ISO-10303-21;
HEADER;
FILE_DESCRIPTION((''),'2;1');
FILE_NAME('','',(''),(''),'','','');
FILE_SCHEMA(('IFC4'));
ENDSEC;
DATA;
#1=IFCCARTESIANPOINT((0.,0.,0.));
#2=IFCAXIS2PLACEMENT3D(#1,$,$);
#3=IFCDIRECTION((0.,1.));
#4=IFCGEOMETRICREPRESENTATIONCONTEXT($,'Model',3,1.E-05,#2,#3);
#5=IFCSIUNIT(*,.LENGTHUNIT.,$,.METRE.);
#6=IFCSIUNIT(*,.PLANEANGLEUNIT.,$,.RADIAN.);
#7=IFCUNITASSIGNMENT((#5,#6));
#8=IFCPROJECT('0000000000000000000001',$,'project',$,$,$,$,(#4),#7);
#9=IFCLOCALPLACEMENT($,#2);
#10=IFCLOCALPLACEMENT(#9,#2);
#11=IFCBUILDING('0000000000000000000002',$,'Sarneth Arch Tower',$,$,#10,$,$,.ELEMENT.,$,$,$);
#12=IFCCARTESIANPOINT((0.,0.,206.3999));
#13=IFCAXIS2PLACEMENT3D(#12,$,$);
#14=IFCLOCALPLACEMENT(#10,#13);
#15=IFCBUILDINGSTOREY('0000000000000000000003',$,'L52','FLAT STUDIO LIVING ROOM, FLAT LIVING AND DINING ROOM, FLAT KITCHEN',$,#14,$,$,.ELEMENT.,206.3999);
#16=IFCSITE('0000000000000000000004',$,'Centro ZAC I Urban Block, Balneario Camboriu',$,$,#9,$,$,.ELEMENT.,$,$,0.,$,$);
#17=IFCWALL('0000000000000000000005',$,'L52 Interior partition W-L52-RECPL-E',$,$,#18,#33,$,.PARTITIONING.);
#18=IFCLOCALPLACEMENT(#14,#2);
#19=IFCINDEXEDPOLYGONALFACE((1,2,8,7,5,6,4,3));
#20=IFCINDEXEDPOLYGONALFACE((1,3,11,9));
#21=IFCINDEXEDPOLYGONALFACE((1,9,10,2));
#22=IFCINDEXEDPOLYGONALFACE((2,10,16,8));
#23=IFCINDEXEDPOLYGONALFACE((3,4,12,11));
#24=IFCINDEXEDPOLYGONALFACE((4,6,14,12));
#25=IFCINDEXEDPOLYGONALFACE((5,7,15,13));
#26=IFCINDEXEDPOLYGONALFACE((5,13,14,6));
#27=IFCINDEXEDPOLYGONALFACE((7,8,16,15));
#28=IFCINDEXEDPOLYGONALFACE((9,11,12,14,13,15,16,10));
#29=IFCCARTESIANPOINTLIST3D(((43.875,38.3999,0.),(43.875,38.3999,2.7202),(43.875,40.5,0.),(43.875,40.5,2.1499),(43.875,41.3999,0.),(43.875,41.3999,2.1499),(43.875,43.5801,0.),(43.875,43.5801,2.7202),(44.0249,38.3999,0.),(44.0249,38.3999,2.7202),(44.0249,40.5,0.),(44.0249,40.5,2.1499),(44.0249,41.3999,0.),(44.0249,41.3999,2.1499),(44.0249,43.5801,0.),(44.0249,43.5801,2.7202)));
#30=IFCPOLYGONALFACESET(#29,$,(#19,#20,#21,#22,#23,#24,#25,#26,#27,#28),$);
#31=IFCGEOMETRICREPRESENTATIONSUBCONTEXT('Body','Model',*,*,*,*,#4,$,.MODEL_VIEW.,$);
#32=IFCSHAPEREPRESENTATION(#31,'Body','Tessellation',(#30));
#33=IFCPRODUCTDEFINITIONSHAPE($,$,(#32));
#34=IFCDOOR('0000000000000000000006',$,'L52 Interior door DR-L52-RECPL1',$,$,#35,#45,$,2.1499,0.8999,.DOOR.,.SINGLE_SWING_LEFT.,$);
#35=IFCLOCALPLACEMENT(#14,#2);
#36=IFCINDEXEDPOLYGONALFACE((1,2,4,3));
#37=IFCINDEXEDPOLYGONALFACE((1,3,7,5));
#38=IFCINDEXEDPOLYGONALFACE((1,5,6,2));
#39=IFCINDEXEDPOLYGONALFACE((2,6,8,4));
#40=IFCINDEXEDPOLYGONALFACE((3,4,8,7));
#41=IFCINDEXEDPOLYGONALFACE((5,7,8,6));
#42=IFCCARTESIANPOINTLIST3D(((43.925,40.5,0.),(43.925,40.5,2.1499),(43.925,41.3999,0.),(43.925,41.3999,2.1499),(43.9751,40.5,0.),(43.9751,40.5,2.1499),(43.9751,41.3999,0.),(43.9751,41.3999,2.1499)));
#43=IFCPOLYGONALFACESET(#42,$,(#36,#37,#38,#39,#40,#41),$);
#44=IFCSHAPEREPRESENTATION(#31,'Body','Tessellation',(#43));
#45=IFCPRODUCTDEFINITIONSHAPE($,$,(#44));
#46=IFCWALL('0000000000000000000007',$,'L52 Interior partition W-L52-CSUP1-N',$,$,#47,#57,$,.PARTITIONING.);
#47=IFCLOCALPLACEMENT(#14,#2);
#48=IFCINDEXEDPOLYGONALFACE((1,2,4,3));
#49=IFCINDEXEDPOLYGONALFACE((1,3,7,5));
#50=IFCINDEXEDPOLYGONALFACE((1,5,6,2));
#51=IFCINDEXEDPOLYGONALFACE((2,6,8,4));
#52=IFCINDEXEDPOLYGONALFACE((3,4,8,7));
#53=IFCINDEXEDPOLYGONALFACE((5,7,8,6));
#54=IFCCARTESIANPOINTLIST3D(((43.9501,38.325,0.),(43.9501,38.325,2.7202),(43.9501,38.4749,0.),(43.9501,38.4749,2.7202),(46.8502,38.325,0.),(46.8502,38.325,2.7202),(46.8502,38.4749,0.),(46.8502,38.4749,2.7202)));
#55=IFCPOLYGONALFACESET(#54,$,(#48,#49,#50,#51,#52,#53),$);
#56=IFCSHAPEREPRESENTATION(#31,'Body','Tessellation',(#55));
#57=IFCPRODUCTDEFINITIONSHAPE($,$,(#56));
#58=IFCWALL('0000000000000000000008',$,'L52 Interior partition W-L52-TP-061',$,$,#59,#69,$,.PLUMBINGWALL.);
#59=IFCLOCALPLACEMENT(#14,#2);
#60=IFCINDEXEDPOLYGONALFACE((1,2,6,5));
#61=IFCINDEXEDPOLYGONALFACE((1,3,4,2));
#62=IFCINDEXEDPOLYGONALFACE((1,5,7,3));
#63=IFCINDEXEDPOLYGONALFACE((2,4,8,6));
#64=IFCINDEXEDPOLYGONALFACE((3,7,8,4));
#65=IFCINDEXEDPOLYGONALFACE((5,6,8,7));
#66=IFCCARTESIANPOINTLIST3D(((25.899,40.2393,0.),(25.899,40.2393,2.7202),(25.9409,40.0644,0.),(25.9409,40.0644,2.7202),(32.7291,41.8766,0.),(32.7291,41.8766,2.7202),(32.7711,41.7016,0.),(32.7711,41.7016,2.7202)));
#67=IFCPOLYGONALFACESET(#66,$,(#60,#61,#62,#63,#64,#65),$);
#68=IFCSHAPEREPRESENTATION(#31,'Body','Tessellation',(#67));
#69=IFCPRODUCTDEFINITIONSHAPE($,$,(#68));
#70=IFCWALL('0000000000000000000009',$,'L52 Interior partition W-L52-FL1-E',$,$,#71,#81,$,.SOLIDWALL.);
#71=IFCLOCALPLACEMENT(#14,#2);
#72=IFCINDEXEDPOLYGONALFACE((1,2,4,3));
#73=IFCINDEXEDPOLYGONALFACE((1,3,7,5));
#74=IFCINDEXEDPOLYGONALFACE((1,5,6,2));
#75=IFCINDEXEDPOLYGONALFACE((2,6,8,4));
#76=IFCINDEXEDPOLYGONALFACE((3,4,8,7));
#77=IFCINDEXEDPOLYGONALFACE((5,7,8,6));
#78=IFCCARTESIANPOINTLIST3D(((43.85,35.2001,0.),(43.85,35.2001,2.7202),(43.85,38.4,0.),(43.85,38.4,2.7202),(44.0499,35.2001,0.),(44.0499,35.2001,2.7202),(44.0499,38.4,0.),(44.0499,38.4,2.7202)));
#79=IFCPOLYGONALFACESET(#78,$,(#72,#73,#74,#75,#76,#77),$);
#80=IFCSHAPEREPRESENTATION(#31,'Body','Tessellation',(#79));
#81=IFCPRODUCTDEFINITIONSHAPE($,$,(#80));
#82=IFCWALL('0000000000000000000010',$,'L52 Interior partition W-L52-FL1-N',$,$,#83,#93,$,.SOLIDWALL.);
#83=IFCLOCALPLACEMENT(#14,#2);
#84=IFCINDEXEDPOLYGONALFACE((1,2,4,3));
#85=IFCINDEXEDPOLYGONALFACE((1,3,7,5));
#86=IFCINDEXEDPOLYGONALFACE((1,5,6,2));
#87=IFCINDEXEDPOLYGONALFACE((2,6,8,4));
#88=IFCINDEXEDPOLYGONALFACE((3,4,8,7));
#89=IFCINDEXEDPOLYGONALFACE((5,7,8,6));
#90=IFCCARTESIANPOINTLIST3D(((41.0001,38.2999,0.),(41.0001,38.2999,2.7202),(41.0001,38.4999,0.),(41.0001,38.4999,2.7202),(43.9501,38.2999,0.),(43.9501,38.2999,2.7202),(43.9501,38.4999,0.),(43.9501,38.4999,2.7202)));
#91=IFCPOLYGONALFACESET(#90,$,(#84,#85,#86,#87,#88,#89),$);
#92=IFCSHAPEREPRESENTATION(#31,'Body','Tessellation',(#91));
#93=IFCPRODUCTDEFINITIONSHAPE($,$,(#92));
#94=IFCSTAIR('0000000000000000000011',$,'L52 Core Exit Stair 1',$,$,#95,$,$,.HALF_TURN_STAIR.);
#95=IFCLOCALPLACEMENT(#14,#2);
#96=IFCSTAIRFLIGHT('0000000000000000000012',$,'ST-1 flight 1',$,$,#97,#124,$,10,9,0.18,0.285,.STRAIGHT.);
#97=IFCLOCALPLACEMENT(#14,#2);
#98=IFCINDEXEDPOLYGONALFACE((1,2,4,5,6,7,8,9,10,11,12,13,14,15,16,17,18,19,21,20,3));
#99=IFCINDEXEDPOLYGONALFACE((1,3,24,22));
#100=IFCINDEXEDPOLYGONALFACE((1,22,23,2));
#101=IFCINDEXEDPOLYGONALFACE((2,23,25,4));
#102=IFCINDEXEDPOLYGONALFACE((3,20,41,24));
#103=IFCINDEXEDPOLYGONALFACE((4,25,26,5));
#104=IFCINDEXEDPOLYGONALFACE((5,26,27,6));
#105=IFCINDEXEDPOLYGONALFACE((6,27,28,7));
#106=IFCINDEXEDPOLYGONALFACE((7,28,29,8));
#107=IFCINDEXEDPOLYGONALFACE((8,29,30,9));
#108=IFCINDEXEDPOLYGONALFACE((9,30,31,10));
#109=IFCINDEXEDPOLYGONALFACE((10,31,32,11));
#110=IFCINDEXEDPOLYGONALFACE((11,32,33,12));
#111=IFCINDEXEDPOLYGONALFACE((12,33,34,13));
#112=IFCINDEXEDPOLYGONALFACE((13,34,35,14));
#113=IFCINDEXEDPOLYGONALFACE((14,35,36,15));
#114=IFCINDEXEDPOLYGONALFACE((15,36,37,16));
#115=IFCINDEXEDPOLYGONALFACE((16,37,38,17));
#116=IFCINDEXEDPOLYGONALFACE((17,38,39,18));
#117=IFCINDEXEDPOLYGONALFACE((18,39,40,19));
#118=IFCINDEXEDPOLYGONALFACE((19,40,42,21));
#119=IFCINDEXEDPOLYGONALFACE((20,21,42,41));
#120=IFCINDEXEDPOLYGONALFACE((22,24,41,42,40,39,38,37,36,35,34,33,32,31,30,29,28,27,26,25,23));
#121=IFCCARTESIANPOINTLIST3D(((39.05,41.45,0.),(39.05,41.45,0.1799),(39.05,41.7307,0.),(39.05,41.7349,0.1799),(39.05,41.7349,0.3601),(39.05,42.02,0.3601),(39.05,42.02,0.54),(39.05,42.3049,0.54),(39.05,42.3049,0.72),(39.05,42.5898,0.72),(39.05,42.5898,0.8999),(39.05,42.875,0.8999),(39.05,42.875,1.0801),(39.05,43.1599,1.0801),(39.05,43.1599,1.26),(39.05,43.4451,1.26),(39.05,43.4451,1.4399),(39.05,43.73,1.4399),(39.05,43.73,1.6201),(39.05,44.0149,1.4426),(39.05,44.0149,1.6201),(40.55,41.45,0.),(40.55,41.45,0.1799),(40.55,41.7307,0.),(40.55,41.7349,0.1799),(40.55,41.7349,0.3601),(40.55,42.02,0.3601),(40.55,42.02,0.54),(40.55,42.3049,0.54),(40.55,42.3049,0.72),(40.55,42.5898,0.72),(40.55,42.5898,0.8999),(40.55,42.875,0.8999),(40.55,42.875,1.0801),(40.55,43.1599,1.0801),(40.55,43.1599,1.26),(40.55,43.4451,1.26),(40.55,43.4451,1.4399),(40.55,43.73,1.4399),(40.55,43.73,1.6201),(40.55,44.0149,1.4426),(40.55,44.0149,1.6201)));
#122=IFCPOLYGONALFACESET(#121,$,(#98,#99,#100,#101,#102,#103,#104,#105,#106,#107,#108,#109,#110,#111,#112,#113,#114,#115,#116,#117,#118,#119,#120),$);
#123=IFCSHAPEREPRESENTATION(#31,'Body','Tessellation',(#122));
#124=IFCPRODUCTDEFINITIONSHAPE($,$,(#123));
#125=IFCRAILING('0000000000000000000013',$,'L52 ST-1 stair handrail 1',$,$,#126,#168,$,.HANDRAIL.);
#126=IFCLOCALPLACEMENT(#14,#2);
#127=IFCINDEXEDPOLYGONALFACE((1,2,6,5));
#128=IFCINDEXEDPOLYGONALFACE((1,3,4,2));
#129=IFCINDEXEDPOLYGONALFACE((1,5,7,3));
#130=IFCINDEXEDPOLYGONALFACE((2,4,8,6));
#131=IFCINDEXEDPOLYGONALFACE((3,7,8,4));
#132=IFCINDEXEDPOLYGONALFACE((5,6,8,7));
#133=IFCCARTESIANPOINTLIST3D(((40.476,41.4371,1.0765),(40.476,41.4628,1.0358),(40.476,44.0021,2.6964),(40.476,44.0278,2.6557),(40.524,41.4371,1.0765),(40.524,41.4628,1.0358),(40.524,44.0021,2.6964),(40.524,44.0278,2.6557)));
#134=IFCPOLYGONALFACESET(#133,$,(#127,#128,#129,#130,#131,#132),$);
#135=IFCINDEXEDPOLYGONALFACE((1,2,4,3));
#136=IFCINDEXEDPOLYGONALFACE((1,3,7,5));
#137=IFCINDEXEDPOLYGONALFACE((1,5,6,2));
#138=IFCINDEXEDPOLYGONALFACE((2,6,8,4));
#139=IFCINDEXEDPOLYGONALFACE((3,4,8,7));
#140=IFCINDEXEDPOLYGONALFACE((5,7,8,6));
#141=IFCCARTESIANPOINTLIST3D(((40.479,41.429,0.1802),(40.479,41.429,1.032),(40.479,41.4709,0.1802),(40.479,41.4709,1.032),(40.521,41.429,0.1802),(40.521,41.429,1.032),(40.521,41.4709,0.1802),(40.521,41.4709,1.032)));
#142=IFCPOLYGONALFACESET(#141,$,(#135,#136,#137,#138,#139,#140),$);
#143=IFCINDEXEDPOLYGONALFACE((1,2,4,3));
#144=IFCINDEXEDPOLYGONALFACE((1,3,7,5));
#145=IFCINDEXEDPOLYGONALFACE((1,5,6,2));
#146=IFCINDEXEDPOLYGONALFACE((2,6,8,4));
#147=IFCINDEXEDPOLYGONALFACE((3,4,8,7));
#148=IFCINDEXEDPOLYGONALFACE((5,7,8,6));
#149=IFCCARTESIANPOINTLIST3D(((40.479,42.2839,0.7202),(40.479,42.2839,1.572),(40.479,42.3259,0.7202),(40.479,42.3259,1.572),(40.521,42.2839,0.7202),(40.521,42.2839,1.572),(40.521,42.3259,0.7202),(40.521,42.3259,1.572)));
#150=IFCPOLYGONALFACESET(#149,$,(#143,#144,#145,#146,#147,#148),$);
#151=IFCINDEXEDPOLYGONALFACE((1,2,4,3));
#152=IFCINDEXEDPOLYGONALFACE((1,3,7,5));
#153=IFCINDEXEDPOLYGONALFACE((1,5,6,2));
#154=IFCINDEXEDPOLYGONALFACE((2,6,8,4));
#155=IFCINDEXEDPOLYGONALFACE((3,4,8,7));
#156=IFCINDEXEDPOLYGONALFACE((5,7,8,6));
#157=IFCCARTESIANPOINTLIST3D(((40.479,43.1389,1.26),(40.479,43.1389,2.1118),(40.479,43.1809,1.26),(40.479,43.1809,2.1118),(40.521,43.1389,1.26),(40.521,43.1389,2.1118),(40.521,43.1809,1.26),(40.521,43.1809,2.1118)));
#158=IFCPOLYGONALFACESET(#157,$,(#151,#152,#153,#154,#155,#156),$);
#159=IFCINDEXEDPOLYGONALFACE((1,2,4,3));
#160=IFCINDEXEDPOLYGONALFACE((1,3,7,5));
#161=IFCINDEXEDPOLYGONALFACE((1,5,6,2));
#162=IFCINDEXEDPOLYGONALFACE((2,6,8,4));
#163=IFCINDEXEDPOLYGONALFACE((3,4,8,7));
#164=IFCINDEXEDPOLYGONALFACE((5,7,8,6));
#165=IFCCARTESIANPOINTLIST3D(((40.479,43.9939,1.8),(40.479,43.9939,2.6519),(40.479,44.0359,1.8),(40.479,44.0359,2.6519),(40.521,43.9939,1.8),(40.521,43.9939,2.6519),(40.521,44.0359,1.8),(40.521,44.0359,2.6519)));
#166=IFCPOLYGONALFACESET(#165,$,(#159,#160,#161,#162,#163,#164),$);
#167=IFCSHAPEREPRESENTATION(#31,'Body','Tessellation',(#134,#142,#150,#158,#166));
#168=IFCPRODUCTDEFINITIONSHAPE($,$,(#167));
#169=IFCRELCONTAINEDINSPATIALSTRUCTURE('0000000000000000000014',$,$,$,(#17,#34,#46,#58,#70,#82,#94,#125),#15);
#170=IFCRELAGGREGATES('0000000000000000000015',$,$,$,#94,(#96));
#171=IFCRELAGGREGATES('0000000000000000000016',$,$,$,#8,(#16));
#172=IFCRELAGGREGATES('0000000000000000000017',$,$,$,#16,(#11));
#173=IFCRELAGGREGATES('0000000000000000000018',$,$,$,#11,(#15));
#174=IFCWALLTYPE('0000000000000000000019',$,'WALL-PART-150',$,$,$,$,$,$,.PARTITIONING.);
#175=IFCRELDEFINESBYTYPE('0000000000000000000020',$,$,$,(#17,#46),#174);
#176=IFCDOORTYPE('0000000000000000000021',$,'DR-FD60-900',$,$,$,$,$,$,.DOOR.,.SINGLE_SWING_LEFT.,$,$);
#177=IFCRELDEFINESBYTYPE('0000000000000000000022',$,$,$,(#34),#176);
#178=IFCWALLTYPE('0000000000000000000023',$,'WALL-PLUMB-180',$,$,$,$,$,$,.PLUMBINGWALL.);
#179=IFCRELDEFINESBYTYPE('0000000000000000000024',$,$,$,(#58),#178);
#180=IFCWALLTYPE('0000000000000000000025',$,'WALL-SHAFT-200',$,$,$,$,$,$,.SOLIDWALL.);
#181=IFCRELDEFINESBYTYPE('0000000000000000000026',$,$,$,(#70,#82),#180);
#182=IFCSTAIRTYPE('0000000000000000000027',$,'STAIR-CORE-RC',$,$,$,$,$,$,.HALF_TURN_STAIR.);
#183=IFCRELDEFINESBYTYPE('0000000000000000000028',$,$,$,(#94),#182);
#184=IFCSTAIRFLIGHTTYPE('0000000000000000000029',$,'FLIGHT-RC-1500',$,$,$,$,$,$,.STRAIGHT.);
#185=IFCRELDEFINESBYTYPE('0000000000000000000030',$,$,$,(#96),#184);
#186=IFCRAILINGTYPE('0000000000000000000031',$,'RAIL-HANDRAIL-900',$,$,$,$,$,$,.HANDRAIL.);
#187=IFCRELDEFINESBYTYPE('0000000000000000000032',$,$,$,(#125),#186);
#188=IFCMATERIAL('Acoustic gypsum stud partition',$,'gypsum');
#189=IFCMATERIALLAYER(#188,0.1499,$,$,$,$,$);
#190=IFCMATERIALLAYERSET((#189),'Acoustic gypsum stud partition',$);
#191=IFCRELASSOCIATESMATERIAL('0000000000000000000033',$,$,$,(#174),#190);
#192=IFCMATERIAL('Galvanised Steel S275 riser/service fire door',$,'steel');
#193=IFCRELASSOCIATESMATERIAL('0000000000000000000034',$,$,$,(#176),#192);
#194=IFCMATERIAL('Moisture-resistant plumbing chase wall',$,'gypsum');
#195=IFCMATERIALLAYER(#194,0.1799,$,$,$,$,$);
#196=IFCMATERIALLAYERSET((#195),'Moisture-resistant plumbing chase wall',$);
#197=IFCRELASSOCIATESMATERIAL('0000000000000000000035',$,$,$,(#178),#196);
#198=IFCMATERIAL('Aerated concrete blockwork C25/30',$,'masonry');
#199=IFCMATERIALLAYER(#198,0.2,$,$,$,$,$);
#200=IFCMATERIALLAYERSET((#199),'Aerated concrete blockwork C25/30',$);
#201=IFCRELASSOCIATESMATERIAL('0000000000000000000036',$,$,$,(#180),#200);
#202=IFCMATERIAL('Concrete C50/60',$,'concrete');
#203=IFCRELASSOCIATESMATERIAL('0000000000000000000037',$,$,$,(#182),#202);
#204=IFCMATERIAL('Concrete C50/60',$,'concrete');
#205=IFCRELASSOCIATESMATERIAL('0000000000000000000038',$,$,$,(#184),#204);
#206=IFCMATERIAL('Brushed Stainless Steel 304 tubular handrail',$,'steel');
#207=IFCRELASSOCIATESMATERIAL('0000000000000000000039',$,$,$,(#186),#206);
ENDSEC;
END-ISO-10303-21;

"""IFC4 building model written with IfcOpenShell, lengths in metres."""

from ifc_helpers import new_model, si_unit, direction, frame, frame_2d, origin, origin_2d, place, context, subcontext, project, spatial, polyline, rectangle, outline, extrude, material, layer, layer_set, type_object, element, fill, aggregate, save


model = new_model("IFC4")

# Units and contexts
model_context = context("Model", 3, precision=1e-05, world=origin(), true_north=direction((0.0, 1.0)))
body_context = subcontext(model_context, "Body", "Model", "MODEL_VIEW")
ifc_project = project(units=[si_unit("LENGTHUNIT", "METRE"), si_unit("PLANEANGLEUNIT", "RADIAN")], contexts=[model_context])

# Site, building, storey
site_placement = place(None, origin())
site = spatial("IfcSite", under=ifc_project, at=site_placement, Name="Centro ZAC I Urban Block, Balneario Camboriu", CompositionType="ELEMENT", RefElevation=0.0)
building_placement = place(site_placement, origin())
building = spatial("IfcBuilding", under=site, at=building_placement, Name="Sarneth Arch Tower", CompositionType="ELEMENT")
storey_placement = place(building_placement, frame((0.0, 0.0, 206.3999)))
storey = spatial("IfcBuildingStorey", under=building, at=storey_placement, Name="L52", Description="FLAT STUDIO LIVING ROOM, FLAT LIVING AND DINING ROOM, FLAT KITCHEN", CompositionType="ELEMENT", Elevation=206.3999)

# Wall, opening, door
ifc_material_1 = material(Name="Acoustic gypsum stud partition", Category="gypsum")
ifc_layer_1 = layer(ifc_material_1, 0.1499)
ifc_layer_set_1 = layer_set([ifc_layer_1], Name="Acoustic gypsum stud partition")
wall_type_1 = type_object("IfcWallType", Name="WALL-PART-150", PredefinedType="PARTITIONING", material=ifc_layer_set_1)
wall_1_placement = place(storey_placement, frame((43.95, 38.3999, 0.0), z_axis=(0.0, 0.0, 1.0), x_axis=(0.0, 1.0, 0.0)))
wall_1 = element("IfcWall", 1, at=wall_1_placement, inside=storey, type_object=wall_type_1, Name="L52 Interior partition W-L52-RECPL-E", PredefinedType="PARTITIONING", context=body_context, shape_type="SweptSolid", body=[
    extrude(rectangle(XDim=5.1802, YDim=0.1499, at=frame_2d((2.5901, 0.0))), origin(), (0.0, 0.0, 1.0), 2.7202),
])
opening_1_placement = place(wall_1_placement, frame((2.1001, 0.0, 0.0)))
opening_1 = element("IfcOpeningElement", 2, at=opening_1_placement, cuts=wall_1, PredefinedType="OPENING", context=body_context, shape_type="SweptSolid", body=[
    extrude(rectangle(XDim=0.8999, YDim=2.1499, at=frame_2d((0.45, 1.075))), frame((0.0, 0.085, 0.0), z_axis=(0.0, -1.0, 0.0), x_axis=(1.0, 0.0, 0.0)), (0.0, 0.0, 1.0), 0.1699),
])
ifc_material_2 = material(Name="Galvanised Steel S275 riser/service fire door", Category="steel")
door_type_1 = type_object("IfcDoorType", Name="DR-FD60-900", OperationType="SINGLE_SWING_LEFT", PredefinedType="DOOR", material=ifc_material_2)
door_1_placement = place(opening_1_placement, origin())
door_1 = element("IfcDoor", 3, at=door_1_placement, inside=storey, type_object=door_type_1, Name="L52 Interior door DR-L52-RECPL1", OperationType="SINGLE_SWING_LEFT", OverallHeight=2.1499, OverallWidth=0.8999, PredefinedType="DOOR", context=body_context, shape_type="SweptSolid", body=[
    extrude(rectangle(XDim=0.8999, YDim=2.1499, at=frame_2d((0.45, 1.075))), frame((0.0, 0.0249, 0.0), z_axis=(0.0, -1.0, 0.0), x_axis=(1.0, 0.0, 0.0)), (0.0, 0.0, 1.0), 0.05),
])
fill(opening_1, door_1)

# Wall
wall_2_placement = place(storey_placement, frame((43.95, 38.3999, 0.0), z_axis=(0.0, 0.0, 1.0), x_axis=(1.0, 0.0, 0.0)))
element("IfcWall", 4, at=wall_2_placement, inside=storey, type_object=wall_type_1, Name="L52 Interior partition W-L52-CSUP1-N", PredefinedType="PARTITIONING", context=body_context, shape_type="SweptSolid", body=[
    extrude(rectangle(XDim=2.9001, YDim=0.1499, at=frame_2d((1.4502, 0.0))), origin(), (0.0, 0.0, 1.0), 2.7202),
])

# Wall
ifc_material_3 = material(Name="Moisture-resistant plumbing chase wall", Category="gypsum")
ifc_layer_2 = layer(ifc_material_3, 0.1799)
ifc_layer_set_2 = layer_set([ifc_layer_2], Name="Moisture-resistant plumbing chase wall")
wall_type_2 = type_object("IfcWallType", Name="WALL-PLUMB-180", PredefinedType="PLUMBINGWALL", material=ifc_layer_set_2)
wall_3_placement = place(storey_placement, frame((32.75, 41.7891, 0.0), z_axis=(0.0, 0.0, 1.0), x_axis=(-0.972452, -0.233102, 0.0)))
element("IfcWall", 5, at=wall_3_placement, inside=storey, type_object=wall_type_2, Name="L52 Interior partition W-L52-TP-061", PredefinedType="PLUMBINGWALL", context=body_context, shape_type="SweptSolid", body=[
    extrude(rectangle(XDim=7.0237, YDim=0.1799, at=frame_2d((3.5117, 0.0))), origin(), (0.0, 0.0, 1.0), 2.7202),
])

# Shared definitions
ifc_material_4 = material(Name="Aerated concrete blockwork C25/30", Category="masonry")
ifc_layer_3 = layer(ifc_material_4, 0.2)
ifc_layer_set_3 = layer_set([ifc_layer_3], Name="Aerated concrete blockwork C25/30")
wall_type_3 = type_object("IfcWallType", Name="WALL-SHAFT-200", PredefinedType="SOLIDWALL", material=ifc_layer_set_3)

# Walls
wall_4_placement = place(storey_placement, frame((43.95, 35.2, 0.0), z_axis=(0.0, 0.0, 1.0), x_axis=(0.0, 1.0, 0.0)))
element("IfcWall", 6, at=wall_4_placement, inside=storey, type_object=wall_type_3, Name="L52 Interior partition W-L52-FL1-E", PredefinedType="SOLIDWALL", context=body_context, shape_type="SweptSolid", body=[
    extrude(rectangle(XDim=3.2, YDim=0.2, at=frame_2d((1.6001, 0.0))), origin(), (0.0, 0.0, 1.0), 2.7202),
])
wall_5_placement = place(storey_placement, frame((41.0, 38.3999, 0.0), z_axis=(0.0, 0.0, 1.0), x_axis=(1.0, 0.0, 0.0)))
element("IfcWall", 7, at=wall_5_placement, inside=storey, type_object=wall_type_3, Name="L52 Interior partition W-L52-FL1-N", PredefinedType="SOLIDWALL", context=body_context, shape_type="SweptSolid", body=[
    extrude(rectangle(XDim=2.95, YDim=0.2, at=frame_2d((1.4751, 0.0))), origin(), (0.0, 0.0, 1.0), 2.7202),
])

# Stair, stair flight
ifc_material_5 = material(Name="Concrete C50/60", Category="concrete")
stair_type = type_object("IfcStairType", Name="STAIR-CORE-RC", PredefinedType="HALF_TURN_STAIR", material=ifc_material_5)
stair_placement = place(storey_placement, origin())
stair = element("IfcStair", 8, at=stair_placement, inside=storey, type_object=stair_type, Name="L52 Core Exit Stair 1", PredefinedType="HALF_TURN_STAIR")
ifc_material_6 = material(Name="Concrete C50/60", Category="concrete")
stair_flight_type = type_object("IfcStairFlightType", Name="FLIGHT-RC-1500", PredefinedType="STRAIGHT", material=ifc_material_6)
stair_flight_placement = place(storey_placement, frame((39.8, 41.45, 0.0), z_axis=(0.0, 0.0, 1.0), x_axis=(0.0, 1.0, 0.0)))
stair_flight = element("IfcStairFlight", 9, at=stair_flight_placement, type_object=stair_flight_type, Name="ST-1 flight 1", NumberOfRisers=10, NumberOfTreads=9, PredefinedType="STRAIGHT", RiserHeight=0.18, TreadLength=0.285, context=body_context, shape_type="SweptSolid", body=[
    extrude(outline(polyline([(0.0, 0.0), (0.0, 0.1799), (0.2849, 0.1799), (0.2849, 0.3601), (0.5701, 0.3601), (0.5701, 0.54), (0.855, 0.54), (0.855, 0.72), (1.1399, 0.72), (1.1399, 0.8999), (1.425, 0.8999), (1.425, 1.0801), (1.71, 1.0801), (1.71, 1.26), (1.9951, 1.26), (1.9951, 1.4399), (2.28, 1.4399), (2.28, 1.6201), (2.5649, 1.6201), (2.5649, 1.8), (2.5649, 1.4426), (0.2808, 0.0), (0.0, 0.0)])), frame((0.0, 0.75, 0.0), z_axis=(0.0, -1.0, 0.0), x_axis=(1.0, 0.0, 0.0)), (0.0, 0.0, 1.0), 1.5),
])
aggregate(stair, [stair_flight])

# Railing
ifc_material_7 = material(Name="Brushed Stainless Steel 304 tubular handrail", Category="steel")
railing_type_1 = type_object("IfcRailingType", Name="RAIL-HANDRAIL-900", PredefinedType="HANDRAIL", material=ifc_material_7)
railing_1_placement = place(storey_placement, frame((40.5, 41.45, 0.1802)))
element("IfcRailing", 10, at=railing_1_placement, inside=storey, type_object=railing_type_1, Name="L52 ST-1 stair handrail 1", PredefinedType="HANDRAIL", context=body_context, shape_type="SweptSolid", body=[
    extrude(rectangle(XDim=0.0481, YDim=0.0481, at=origin_2d()), frame((0.0, 0.0, 0.876), z_axis=(0.0, 0.845502, 0.533972), x_axis=(-1.0, 0.0, 0.0)), (0.0, 0.0, 1.0), 3.0337),
    extrude(rectangle(XDim=0.042, YDim=0.042, at=origin_2d()), origin(), (0.0, 0.0, 1.0), 0.8518),
    extrude(rectangle(XDim=0.042, YDim=0.042, at=origin_2d()), frame((0.0, 0.855, 0.54)), (0.0, 0.0, 1.0), 0.8518),
    extrude(rectangle(XDim=0.042, YDim=0.042, at=origin_2d()), frame((0.0, 1.71, 1.0798)), (0.0, 0.0, 1.0), 0.8518),
    extrude(rectangle(XDim=0.042, YDim=0.042, at=origin_2d()), frame((0.0, 2.5649, 1.6199)), (0.0, 0.0, 1.0), 0.8518),
])

save(model, "model.ifc")
